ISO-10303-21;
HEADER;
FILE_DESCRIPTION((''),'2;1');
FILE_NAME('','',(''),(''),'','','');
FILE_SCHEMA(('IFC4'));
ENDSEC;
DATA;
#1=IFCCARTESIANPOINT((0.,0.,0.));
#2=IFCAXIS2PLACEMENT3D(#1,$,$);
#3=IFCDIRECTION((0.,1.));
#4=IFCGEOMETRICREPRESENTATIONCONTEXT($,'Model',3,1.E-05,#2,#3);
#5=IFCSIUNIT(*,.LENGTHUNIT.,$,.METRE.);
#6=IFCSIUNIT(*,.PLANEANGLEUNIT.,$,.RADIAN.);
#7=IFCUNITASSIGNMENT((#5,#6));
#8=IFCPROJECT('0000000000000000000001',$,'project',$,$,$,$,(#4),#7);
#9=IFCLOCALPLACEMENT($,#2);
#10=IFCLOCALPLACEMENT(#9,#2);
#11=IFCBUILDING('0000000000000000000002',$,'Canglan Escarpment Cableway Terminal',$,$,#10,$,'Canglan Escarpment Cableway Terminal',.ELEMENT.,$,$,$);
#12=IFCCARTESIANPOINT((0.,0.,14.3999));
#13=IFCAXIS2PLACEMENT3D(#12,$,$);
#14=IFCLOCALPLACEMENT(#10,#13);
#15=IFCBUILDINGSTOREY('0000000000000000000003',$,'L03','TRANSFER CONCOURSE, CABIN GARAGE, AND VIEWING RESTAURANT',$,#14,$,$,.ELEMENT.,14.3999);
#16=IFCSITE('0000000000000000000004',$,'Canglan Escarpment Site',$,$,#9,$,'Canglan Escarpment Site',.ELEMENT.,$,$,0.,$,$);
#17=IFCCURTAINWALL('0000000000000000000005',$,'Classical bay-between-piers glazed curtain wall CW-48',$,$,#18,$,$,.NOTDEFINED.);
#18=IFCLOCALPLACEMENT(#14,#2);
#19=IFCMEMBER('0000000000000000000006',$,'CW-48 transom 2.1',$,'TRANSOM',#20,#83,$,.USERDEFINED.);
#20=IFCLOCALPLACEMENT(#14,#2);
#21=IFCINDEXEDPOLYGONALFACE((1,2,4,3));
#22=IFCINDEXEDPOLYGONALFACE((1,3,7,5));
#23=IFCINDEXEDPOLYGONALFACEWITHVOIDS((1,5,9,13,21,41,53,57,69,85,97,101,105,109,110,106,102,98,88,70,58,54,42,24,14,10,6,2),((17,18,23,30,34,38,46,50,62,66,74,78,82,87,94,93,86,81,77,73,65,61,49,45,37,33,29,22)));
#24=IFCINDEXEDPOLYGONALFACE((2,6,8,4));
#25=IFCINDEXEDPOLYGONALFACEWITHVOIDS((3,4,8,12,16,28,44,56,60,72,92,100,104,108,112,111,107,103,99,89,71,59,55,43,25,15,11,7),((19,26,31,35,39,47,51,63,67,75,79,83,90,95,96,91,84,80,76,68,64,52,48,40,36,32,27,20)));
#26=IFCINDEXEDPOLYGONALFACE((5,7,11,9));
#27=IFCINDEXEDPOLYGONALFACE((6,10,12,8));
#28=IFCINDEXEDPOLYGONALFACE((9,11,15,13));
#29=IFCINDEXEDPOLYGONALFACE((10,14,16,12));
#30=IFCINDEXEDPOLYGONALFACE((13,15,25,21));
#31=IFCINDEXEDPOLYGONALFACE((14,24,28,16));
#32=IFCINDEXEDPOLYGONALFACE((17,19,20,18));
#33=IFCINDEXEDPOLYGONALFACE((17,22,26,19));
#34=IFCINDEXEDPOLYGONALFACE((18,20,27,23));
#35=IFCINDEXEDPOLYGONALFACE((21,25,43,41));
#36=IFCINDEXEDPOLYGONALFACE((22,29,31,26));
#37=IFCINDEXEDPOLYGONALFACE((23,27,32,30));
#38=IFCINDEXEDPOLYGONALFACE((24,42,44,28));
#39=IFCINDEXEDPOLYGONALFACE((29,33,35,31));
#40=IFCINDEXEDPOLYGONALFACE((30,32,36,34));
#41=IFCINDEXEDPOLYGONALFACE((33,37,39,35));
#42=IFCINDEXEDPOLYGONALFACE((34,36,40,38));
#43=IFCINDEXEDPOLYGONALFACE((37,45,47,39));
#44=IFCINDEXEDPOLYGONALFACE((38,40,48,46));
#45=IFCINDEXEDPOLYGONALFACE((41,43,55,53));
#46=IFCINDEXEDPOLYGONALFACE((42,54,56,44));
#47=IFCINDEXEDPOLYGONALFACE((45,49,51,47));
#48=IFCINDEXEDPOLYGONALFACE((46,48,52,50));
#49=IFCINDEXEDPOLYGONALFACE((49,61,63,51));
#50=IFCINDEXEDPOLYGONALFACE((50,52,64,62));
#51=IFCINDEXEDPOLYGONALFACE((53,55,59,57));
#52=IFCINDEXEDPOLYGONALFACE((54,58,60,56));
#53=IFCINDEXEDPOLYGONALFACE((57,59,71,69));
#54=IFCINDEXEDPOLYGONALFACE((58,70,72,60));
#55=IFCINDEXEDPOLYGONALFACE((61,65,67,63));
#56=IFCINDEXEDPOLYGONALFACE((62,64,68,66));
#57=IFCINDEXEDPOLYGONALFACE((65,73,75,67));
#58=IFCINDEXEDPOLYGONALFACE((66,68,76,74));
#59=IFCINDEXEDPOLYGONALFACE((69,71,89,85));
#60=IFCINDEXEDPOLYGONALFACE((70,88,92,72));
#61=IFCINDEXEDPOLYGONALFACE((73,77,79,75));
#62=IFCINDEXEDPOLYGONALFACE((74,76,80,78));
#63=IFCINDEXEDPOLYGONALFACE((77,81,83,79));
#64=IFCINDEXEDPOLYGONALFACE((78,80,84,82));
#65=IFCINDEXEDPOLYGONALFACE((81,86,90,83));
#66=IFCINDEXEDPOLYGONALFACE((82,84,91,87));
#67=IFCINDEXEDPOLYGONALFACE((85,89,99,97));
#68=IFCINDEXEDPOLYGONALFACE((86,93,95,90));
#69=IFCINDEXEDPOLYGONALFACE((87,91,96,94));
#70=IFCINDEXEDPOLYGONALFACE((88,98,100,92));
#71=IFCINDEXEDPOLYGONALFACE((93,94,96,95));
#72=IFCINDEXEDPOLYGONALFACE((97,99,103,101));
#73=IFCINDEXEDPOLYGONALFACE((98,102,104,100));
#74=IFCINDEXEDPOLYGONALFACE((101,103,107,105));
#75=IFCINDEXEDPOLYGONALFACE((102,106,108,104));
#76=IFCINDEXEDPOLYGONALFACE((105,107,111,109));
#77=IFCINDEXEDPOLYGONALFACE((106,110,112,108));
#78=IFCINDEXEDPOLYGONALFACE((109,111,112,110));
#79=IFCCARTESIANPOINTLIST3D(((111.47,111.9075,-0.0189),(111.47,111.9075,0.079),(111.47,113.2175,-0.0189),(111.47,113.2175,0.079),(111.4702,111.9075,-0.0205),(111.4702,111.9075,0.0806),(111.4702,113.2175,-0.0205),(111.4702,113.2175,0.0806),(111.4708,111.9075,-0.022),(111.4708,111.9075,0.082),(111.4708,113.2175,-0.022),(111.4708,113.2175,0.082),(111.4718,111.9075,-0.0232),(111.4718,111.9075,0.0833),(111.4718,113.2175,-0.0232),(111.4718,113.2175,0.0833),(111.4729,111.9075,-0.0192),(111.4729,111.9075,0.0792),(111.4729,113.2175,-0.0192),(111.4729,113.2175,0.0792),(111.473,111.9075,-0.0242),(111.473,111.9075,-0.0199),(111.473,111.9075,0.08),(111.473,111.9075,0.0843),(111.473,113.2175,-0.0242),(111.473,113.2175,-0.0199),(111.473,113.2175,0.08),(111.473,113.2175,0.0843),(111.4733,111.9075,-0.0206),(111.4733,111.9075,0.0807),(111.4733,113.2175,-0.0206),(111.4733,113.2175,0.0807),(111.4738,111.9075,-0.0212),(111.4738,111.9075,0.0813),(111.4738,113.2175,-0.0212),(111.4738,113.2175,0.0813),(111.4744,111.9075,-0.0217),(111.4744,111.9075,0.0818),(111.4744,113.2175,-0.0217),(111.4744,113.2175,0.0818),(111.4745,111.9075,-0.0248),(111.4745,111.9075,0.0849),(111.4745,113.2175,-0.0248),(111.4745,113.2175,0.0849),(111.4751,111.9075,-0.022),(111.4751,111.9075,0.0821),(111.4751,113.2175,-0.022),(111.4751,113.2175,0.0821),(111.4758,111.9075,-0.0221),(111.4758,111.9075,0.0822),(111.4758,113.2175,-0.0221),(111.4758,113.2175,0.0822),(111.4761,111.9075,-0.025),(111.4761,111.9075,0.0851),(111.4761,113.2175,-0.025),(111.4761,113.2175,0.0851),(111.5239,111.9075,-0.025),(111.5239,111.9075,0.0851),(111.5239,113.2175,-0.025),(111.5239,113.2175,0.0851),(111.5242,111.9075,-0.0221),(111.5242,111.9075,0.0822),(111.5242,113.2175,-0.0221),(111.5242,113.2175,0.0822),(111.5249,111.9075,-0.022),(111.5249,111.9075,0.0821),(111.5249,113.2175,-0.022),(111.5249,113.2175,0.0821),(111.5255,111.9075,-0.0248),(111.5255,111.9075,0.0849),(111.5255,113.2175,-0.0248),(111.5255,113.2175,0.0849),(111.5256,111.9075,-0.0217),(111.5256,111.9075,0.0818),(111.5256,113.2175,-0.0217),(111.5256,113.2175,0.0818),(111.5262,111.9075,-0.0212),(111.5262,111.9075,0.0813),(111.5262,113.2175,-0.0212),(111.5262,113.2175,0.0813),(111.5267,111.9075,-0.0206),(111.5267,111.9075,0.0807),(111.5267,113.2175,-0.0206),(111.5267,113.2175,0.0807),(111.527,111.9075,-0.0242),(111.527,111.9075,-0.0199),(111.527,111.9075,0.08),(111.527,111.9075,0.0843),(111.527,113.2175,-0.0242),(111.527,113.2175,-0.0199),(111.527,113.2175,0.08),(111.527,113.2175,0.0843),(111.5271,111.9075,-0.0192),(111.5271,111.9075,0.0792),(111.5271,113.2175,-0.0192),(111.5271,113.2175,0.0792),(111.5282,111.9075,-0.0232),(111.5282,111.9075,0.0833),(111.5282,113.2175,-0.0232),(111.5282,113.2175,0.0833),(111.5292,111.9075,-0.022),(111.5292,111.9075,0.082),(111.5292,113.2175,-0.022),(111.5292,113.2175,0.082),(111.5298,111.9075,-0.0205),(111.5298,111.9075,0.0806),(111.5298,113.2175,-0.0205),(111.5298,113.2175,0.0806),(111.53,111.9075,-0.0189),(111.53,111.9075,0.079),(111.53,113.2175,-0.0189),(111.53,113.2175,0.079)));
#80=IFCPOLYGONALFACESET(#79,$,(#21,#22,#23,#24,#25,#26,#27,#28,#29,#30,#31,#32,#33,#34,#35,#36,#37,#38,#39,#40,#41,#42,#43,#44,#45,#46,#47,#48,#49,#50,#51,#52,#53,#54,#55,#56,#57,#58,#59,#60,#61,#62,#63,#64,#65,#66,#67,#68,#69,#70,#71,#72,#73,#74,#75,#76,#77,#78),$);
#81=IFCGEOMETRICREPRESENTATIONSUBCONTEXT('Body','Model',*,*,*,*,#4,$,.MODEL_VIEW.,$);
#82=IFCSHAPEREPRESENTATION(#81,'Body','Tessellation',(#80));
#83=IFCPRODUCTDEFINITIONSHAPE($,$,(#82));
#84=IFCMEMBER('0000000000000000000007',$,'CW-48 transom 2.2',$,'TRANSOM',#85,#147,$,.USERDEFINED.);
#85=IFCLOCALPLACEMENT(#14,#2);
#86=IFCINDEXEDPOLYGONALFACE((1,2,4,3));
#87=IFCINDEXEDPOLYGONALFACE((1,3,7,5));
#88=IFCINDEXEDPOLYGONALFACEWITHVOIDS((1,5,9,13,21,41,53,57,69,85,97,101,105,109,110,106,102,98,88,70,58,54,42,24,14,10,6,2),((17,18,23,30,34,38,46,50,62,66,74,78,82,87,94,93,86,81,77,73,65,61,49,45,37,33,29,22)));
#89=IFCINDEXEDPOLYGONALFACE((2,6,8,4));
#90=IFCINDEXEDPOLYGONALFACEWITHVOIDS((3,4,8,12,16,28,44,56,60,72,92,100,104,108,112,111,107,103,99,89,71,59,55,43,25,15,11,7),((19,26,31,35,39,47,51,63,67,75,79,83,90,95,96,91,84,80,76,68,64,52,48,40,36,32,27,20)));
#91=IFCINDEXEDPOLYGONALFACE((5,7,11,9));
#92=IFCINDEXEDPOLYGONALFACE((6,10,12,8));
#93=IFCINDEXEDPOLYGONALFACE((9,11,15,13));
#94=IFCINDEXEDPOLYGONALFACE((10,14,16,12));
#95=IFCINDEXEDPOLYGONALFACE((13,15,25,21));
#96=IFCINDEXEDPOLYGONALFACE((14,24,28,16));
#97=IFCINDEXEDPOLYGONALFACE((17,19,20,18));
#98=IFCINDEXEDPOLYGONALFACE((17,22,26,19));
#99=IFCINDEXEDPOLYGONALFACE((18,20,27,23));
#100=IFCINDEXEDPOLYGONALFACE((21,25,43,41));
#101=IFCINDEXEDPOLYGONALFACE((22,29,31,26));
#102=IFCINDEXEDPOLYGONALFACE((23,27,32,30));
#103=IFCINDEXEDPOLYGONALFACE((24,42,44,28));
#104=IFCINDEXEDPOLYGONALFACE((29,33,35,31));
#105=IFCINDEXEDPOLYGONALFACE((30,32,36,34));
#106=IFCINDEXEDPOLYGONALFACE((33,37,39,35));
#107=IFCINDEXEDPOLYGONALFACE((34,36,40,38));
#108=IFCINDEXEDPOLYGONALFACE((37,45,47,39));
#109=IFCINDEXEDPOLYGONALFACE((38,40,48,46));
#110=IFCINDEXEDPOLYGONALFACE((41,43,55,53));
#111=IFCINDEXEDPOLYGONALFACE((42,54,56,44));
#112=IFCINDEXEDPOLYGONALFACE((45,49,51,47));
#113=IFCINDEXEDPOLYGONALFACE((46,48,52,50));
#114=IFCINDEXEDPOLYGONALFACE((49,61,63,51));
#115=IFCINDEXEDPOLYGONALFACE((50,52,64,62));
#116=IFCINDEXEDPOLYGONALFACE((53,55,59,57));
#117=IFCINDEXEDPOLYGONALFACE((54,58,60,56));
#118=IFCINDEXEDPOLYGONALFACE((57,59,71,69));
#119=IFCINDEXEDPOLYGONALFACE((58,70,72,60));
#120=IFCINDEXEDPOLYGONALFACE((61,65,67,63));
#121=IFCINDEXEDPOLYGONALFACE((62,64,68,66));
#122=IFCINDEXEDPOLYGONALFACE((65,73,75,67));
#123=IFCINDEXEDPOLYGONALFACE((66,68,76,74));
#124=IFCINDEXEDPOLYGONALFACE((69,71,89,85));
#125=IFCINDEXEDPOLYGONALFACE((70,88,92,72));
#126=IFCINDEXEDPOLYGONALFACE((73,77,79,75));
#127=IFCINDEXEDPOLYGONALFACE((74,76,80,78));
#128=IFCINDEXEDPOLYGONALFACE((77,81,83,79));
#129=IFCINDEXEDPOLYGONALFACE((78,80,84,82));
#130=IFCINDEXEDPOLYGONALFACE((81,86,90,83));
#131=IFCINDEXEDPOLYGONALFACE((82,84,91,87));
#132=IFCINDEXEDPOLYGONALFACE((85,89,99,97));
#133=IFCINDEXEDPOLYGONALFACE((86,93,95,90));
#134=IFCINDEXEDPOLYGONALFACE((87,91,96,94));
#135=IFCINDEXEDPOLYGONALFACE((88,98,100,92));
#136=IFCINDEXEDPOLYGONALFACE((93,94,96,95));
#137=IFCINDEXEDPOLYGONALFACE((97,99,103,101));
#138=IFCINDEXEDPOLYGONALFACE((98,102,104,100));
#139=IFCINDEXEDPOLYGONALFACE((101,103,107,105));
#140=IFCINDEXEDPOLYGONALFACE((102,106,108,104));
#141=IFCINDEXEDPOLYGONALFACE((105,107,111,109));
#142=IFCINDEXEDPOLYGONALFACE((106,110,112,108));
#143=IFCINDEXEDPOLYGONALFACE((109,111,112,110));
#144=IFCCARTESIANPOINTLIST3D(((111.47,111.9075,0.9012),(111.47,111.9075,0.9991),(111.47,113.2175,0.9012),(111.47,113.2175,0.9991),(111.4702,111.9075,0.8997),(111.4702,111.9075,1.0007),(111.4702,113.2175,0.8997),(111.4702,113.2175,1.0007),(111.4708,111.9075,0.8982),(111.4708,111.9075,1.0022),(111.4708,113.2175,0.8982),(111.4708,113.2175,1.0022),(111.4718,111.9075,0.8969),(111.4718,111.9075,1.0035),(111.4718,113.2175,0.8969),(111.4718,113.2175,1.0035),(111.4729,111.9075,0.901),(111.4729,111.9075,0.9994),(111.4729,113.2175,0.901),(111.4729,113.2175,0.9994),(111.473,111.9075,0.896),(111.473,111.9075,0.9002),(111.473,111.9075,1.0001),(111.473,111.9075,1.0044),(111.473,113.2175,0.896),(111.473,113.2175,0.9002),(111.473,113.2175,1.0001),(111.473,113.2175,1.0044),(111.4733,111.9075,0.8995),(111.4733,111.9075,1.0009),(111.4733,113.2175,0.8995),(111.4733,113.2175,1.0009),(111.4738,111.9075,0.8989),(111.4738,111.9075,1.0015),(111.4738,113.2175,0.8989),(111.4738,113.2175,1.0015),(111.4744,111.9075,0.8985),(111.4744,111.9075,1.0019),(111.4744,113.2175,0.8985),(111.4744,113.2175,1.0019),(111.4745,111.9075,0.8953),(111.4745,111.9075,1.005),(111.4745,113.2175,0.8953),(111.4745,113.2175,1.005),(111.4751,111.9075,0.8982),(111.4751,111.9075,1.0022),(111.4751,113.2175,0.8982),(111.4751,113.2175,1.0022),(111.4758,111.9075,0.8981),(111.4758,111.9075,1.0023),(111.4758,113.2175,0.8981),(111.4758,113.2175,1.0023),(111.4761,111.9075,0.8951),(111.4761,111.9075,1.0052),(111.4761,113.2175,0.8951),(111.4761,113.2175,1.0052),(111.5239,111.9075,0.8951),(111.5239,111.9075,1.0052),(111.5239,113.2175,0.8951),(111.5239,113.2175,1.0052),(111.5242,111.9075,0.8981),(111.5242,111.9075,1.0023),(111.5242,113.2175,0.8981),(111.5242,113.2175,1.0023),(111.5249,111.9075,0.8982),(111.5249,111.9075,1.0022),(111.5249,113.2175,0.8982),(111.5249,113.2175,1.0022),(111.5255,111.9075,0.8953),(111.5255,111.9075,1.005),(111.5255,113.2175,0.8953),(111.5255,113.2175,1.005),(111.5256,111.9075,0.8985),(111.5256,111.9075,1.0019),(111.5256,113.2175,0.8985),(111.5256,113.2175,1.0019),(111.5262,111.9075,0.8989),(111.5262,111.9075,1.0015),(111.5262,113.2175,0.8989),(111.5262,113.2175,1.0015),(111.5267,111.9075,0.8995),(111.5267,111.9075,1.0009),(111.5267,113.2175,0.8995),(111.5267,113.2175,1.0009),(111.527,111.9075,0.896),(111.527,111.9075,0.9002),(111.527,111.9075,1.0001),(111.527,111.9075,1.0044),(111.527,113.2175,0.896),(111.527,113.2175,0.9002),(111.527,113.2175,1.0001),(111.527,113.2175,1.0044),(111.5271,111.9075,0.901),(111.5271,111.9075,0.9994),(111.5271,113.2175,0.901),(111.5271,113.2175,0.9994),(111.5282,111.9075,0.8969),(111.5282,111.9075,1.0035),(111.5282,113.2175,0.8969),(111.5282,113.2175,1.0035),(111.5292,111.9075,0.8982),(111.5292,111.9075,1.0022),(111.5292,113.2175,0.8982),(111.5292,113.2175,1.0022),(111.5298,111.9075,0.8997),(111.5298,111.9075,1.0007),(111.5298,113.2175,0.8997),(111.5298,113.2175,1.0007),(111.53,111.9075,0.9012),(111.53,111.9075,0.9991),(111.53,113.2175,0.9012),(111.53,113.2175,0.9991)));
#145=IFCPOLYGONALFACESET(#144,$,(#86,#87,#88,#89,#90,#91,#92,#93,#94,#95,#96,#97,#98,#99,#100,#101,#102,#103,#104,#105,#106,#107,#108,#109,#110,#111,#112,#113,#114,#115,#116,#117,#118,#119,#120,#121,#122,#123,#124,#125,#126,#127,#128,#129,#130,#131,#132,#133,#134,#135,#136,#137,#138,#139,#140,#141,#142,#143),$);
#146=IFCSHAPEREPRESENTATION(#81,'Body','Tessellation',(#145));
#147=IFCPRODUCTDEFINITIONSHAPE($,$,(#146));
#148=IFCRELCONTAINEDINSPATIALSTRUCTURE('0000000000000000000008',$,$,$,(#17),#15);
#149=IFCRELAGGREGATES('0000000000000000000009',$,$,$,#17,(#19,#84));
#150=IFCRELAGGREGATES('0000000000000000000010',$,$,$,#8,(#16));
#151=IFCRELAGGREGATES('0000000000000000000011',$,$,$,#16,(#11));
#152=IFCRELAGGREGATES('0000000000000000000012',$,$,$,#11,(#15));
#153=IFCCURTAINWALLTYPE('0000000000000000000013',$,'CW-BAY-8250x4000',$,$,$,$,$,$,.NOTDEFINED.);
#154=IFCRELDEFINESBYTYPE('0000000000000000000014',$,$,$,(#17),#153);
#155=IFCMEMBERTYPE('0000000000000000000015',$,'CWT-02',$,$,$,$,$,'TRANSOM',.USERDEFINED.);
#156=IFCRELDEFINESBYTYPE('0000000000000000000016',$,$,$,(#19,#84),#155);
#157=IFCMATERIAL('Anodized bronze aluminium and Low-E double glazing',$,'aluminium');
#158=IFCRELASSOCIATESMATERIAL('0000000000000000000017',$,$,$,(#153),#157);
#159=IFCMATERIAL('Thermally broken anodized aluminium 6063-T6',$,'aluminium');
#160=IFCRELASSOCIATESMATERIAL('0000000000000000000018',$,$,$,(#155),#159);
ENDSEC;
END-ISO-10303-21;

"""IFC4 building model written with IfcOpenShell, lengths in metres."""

from ifc_helpers import new_model, si_unit, direction, frame, origin, origin_2d, place, context, subcontext, project, spatial, hollow_rectangle, extrude, material, material_profile, profile_set, type_object, element, aggregate, save


model = new_model("IFC4")

# Units and contexts
model_context = context("Model", 3, precision=1e-05, world=origin(), true_north=direction((0.0, 1.0)))
body_context = subcontext(model_context, "Body", "Model", "MODEL_VIEW")
ifc_project = project(units=[si_unit("LENGTHUNIT", "METRE"), si_unit("PLANEANGLEUNIT", "RADIAN")], contexts=[model_context])

# Site, building, storey
site_placement = place(None, origin())
site = spatial("IfcSite", under=ifc_project, at=site_placement, Name="Canglan Escarpment Site", LongName="Canglan Escarpment Site", CompositionType="ELEMENT", RefElevation=0.0)
building_placement = place(site_placement, origin())
building = spatial("IfcBuilding", under=site, at=building_placement, Name="Canglan Escarpment Cableway Terminal", LongName="Canglan Escarpment Cableway Terminal", CompositionType="ELEMENT")
storey_placement = place(building_placement, frame((0.0, 0.0, 14.3999)))
storey = spatial("IfcBuildingStorey", under=building, at=storey_placement, Name="L03", Description="TRANSFER CONCOURSE, CABIN GARAGE, AND VIEWING RESTAURANT", CompositionType="ELEMENT", Elevation=14.3999)

# Curtain wall, members
ifc_material_1 = material(Name="Anodized bronze aluminium and Low-E double glazing", Category="aluminium")
curtain_wall_type = type_object("IfcCurtainWallType", Name="CW-BAY-8250x4000", PredefinedType="NOTDEFINED", material=ifc_material_1)
curtain_wall_placement = place(storey_placement, origin())
curtain_wall = element("IfcCurtainWall", 1, at=curtain_wall_placement, inside=storey, type_object=curtain_wall_type, Name="Classical bay-between-piers glazed curtain wall CW-48", PredefinedType="NOTDEFINED")
ifc_material_2 = material(Name="Thermally broken anodized aluminium 6063-T6", Category="aluminium")
ifc_material_profile_1 = material_profile(ifc_material_2, hollow_rectangle(XDim=0.0601, YDim=0.1101, WallThickness=0.0029, InnerFilletRadius=0.0029, OuterFilletRadius=0.0061, at=origin_2d()), Name="ALU-TRAN 60x110x3")
ifc_profile_set_1 = profile_set([ifc_material_profile_1], Name="Thermally broken anodized aluminium 6063-T6")
member_type_1 = type_object("IfcMemberType", Name="CWT-02", ElementType="TRANSOM", PredefinedType="USERDEFINED", material=ifc_profile_set_1)
member_1_placement = place(storey_placement, frame((111.5, 113.2175, 0.03), z_axis=(0.0, -1.0, 0.0), x_axis=(1.0, 0.0, 0.0)))
member_1 = element("IfcMember", 2, at=member_1_placement, type_object=member_type_1, Name="CW-48 transom 2.1", ObjectType="TRANSOM", PredefinedType="USERDEFINED", context=body_context, shape_type="SweptSolid", body=[
    extrude(hollow_rectangle(XDim=0.0601, YDim=0.1101, WallThickness=0.0029, InnerFilletRadius=0.0029, OuterFilletRadius=0.0061, at=origin_2d()), origin(), (0.0, 0.0, 1.0), 1.3101),
])
member_2_placement = place(storey_placement, frame((111.5, 113.2175, 0.9502), z_axis=(0.0, -1.0, 0.0), x_axis=(1.0, 0.0, 0.0)))
member_2 = element("IfcMember", 3, at=member_2_placement, type_object=member_type_1, Name="CW-48 transom 2.2", ObjectType="TRANSOM", PredefinedType="USERDEFINED", context=body_context, shape_type="SweptSolid", body=[
    extrude(hollow_rectangle(XDim=0.0601, YDim=0.1101, WallThickness=0.0029, InnerFilletRadius=0.0029, OuterFilletRadius=0.0061, at=origin_2d()), origin(), (0.0, 0.0, 1.0), 1.3101),
])
aggregate(curtain_wall, [member_1, member_2])

save(model, "model.ifc")
